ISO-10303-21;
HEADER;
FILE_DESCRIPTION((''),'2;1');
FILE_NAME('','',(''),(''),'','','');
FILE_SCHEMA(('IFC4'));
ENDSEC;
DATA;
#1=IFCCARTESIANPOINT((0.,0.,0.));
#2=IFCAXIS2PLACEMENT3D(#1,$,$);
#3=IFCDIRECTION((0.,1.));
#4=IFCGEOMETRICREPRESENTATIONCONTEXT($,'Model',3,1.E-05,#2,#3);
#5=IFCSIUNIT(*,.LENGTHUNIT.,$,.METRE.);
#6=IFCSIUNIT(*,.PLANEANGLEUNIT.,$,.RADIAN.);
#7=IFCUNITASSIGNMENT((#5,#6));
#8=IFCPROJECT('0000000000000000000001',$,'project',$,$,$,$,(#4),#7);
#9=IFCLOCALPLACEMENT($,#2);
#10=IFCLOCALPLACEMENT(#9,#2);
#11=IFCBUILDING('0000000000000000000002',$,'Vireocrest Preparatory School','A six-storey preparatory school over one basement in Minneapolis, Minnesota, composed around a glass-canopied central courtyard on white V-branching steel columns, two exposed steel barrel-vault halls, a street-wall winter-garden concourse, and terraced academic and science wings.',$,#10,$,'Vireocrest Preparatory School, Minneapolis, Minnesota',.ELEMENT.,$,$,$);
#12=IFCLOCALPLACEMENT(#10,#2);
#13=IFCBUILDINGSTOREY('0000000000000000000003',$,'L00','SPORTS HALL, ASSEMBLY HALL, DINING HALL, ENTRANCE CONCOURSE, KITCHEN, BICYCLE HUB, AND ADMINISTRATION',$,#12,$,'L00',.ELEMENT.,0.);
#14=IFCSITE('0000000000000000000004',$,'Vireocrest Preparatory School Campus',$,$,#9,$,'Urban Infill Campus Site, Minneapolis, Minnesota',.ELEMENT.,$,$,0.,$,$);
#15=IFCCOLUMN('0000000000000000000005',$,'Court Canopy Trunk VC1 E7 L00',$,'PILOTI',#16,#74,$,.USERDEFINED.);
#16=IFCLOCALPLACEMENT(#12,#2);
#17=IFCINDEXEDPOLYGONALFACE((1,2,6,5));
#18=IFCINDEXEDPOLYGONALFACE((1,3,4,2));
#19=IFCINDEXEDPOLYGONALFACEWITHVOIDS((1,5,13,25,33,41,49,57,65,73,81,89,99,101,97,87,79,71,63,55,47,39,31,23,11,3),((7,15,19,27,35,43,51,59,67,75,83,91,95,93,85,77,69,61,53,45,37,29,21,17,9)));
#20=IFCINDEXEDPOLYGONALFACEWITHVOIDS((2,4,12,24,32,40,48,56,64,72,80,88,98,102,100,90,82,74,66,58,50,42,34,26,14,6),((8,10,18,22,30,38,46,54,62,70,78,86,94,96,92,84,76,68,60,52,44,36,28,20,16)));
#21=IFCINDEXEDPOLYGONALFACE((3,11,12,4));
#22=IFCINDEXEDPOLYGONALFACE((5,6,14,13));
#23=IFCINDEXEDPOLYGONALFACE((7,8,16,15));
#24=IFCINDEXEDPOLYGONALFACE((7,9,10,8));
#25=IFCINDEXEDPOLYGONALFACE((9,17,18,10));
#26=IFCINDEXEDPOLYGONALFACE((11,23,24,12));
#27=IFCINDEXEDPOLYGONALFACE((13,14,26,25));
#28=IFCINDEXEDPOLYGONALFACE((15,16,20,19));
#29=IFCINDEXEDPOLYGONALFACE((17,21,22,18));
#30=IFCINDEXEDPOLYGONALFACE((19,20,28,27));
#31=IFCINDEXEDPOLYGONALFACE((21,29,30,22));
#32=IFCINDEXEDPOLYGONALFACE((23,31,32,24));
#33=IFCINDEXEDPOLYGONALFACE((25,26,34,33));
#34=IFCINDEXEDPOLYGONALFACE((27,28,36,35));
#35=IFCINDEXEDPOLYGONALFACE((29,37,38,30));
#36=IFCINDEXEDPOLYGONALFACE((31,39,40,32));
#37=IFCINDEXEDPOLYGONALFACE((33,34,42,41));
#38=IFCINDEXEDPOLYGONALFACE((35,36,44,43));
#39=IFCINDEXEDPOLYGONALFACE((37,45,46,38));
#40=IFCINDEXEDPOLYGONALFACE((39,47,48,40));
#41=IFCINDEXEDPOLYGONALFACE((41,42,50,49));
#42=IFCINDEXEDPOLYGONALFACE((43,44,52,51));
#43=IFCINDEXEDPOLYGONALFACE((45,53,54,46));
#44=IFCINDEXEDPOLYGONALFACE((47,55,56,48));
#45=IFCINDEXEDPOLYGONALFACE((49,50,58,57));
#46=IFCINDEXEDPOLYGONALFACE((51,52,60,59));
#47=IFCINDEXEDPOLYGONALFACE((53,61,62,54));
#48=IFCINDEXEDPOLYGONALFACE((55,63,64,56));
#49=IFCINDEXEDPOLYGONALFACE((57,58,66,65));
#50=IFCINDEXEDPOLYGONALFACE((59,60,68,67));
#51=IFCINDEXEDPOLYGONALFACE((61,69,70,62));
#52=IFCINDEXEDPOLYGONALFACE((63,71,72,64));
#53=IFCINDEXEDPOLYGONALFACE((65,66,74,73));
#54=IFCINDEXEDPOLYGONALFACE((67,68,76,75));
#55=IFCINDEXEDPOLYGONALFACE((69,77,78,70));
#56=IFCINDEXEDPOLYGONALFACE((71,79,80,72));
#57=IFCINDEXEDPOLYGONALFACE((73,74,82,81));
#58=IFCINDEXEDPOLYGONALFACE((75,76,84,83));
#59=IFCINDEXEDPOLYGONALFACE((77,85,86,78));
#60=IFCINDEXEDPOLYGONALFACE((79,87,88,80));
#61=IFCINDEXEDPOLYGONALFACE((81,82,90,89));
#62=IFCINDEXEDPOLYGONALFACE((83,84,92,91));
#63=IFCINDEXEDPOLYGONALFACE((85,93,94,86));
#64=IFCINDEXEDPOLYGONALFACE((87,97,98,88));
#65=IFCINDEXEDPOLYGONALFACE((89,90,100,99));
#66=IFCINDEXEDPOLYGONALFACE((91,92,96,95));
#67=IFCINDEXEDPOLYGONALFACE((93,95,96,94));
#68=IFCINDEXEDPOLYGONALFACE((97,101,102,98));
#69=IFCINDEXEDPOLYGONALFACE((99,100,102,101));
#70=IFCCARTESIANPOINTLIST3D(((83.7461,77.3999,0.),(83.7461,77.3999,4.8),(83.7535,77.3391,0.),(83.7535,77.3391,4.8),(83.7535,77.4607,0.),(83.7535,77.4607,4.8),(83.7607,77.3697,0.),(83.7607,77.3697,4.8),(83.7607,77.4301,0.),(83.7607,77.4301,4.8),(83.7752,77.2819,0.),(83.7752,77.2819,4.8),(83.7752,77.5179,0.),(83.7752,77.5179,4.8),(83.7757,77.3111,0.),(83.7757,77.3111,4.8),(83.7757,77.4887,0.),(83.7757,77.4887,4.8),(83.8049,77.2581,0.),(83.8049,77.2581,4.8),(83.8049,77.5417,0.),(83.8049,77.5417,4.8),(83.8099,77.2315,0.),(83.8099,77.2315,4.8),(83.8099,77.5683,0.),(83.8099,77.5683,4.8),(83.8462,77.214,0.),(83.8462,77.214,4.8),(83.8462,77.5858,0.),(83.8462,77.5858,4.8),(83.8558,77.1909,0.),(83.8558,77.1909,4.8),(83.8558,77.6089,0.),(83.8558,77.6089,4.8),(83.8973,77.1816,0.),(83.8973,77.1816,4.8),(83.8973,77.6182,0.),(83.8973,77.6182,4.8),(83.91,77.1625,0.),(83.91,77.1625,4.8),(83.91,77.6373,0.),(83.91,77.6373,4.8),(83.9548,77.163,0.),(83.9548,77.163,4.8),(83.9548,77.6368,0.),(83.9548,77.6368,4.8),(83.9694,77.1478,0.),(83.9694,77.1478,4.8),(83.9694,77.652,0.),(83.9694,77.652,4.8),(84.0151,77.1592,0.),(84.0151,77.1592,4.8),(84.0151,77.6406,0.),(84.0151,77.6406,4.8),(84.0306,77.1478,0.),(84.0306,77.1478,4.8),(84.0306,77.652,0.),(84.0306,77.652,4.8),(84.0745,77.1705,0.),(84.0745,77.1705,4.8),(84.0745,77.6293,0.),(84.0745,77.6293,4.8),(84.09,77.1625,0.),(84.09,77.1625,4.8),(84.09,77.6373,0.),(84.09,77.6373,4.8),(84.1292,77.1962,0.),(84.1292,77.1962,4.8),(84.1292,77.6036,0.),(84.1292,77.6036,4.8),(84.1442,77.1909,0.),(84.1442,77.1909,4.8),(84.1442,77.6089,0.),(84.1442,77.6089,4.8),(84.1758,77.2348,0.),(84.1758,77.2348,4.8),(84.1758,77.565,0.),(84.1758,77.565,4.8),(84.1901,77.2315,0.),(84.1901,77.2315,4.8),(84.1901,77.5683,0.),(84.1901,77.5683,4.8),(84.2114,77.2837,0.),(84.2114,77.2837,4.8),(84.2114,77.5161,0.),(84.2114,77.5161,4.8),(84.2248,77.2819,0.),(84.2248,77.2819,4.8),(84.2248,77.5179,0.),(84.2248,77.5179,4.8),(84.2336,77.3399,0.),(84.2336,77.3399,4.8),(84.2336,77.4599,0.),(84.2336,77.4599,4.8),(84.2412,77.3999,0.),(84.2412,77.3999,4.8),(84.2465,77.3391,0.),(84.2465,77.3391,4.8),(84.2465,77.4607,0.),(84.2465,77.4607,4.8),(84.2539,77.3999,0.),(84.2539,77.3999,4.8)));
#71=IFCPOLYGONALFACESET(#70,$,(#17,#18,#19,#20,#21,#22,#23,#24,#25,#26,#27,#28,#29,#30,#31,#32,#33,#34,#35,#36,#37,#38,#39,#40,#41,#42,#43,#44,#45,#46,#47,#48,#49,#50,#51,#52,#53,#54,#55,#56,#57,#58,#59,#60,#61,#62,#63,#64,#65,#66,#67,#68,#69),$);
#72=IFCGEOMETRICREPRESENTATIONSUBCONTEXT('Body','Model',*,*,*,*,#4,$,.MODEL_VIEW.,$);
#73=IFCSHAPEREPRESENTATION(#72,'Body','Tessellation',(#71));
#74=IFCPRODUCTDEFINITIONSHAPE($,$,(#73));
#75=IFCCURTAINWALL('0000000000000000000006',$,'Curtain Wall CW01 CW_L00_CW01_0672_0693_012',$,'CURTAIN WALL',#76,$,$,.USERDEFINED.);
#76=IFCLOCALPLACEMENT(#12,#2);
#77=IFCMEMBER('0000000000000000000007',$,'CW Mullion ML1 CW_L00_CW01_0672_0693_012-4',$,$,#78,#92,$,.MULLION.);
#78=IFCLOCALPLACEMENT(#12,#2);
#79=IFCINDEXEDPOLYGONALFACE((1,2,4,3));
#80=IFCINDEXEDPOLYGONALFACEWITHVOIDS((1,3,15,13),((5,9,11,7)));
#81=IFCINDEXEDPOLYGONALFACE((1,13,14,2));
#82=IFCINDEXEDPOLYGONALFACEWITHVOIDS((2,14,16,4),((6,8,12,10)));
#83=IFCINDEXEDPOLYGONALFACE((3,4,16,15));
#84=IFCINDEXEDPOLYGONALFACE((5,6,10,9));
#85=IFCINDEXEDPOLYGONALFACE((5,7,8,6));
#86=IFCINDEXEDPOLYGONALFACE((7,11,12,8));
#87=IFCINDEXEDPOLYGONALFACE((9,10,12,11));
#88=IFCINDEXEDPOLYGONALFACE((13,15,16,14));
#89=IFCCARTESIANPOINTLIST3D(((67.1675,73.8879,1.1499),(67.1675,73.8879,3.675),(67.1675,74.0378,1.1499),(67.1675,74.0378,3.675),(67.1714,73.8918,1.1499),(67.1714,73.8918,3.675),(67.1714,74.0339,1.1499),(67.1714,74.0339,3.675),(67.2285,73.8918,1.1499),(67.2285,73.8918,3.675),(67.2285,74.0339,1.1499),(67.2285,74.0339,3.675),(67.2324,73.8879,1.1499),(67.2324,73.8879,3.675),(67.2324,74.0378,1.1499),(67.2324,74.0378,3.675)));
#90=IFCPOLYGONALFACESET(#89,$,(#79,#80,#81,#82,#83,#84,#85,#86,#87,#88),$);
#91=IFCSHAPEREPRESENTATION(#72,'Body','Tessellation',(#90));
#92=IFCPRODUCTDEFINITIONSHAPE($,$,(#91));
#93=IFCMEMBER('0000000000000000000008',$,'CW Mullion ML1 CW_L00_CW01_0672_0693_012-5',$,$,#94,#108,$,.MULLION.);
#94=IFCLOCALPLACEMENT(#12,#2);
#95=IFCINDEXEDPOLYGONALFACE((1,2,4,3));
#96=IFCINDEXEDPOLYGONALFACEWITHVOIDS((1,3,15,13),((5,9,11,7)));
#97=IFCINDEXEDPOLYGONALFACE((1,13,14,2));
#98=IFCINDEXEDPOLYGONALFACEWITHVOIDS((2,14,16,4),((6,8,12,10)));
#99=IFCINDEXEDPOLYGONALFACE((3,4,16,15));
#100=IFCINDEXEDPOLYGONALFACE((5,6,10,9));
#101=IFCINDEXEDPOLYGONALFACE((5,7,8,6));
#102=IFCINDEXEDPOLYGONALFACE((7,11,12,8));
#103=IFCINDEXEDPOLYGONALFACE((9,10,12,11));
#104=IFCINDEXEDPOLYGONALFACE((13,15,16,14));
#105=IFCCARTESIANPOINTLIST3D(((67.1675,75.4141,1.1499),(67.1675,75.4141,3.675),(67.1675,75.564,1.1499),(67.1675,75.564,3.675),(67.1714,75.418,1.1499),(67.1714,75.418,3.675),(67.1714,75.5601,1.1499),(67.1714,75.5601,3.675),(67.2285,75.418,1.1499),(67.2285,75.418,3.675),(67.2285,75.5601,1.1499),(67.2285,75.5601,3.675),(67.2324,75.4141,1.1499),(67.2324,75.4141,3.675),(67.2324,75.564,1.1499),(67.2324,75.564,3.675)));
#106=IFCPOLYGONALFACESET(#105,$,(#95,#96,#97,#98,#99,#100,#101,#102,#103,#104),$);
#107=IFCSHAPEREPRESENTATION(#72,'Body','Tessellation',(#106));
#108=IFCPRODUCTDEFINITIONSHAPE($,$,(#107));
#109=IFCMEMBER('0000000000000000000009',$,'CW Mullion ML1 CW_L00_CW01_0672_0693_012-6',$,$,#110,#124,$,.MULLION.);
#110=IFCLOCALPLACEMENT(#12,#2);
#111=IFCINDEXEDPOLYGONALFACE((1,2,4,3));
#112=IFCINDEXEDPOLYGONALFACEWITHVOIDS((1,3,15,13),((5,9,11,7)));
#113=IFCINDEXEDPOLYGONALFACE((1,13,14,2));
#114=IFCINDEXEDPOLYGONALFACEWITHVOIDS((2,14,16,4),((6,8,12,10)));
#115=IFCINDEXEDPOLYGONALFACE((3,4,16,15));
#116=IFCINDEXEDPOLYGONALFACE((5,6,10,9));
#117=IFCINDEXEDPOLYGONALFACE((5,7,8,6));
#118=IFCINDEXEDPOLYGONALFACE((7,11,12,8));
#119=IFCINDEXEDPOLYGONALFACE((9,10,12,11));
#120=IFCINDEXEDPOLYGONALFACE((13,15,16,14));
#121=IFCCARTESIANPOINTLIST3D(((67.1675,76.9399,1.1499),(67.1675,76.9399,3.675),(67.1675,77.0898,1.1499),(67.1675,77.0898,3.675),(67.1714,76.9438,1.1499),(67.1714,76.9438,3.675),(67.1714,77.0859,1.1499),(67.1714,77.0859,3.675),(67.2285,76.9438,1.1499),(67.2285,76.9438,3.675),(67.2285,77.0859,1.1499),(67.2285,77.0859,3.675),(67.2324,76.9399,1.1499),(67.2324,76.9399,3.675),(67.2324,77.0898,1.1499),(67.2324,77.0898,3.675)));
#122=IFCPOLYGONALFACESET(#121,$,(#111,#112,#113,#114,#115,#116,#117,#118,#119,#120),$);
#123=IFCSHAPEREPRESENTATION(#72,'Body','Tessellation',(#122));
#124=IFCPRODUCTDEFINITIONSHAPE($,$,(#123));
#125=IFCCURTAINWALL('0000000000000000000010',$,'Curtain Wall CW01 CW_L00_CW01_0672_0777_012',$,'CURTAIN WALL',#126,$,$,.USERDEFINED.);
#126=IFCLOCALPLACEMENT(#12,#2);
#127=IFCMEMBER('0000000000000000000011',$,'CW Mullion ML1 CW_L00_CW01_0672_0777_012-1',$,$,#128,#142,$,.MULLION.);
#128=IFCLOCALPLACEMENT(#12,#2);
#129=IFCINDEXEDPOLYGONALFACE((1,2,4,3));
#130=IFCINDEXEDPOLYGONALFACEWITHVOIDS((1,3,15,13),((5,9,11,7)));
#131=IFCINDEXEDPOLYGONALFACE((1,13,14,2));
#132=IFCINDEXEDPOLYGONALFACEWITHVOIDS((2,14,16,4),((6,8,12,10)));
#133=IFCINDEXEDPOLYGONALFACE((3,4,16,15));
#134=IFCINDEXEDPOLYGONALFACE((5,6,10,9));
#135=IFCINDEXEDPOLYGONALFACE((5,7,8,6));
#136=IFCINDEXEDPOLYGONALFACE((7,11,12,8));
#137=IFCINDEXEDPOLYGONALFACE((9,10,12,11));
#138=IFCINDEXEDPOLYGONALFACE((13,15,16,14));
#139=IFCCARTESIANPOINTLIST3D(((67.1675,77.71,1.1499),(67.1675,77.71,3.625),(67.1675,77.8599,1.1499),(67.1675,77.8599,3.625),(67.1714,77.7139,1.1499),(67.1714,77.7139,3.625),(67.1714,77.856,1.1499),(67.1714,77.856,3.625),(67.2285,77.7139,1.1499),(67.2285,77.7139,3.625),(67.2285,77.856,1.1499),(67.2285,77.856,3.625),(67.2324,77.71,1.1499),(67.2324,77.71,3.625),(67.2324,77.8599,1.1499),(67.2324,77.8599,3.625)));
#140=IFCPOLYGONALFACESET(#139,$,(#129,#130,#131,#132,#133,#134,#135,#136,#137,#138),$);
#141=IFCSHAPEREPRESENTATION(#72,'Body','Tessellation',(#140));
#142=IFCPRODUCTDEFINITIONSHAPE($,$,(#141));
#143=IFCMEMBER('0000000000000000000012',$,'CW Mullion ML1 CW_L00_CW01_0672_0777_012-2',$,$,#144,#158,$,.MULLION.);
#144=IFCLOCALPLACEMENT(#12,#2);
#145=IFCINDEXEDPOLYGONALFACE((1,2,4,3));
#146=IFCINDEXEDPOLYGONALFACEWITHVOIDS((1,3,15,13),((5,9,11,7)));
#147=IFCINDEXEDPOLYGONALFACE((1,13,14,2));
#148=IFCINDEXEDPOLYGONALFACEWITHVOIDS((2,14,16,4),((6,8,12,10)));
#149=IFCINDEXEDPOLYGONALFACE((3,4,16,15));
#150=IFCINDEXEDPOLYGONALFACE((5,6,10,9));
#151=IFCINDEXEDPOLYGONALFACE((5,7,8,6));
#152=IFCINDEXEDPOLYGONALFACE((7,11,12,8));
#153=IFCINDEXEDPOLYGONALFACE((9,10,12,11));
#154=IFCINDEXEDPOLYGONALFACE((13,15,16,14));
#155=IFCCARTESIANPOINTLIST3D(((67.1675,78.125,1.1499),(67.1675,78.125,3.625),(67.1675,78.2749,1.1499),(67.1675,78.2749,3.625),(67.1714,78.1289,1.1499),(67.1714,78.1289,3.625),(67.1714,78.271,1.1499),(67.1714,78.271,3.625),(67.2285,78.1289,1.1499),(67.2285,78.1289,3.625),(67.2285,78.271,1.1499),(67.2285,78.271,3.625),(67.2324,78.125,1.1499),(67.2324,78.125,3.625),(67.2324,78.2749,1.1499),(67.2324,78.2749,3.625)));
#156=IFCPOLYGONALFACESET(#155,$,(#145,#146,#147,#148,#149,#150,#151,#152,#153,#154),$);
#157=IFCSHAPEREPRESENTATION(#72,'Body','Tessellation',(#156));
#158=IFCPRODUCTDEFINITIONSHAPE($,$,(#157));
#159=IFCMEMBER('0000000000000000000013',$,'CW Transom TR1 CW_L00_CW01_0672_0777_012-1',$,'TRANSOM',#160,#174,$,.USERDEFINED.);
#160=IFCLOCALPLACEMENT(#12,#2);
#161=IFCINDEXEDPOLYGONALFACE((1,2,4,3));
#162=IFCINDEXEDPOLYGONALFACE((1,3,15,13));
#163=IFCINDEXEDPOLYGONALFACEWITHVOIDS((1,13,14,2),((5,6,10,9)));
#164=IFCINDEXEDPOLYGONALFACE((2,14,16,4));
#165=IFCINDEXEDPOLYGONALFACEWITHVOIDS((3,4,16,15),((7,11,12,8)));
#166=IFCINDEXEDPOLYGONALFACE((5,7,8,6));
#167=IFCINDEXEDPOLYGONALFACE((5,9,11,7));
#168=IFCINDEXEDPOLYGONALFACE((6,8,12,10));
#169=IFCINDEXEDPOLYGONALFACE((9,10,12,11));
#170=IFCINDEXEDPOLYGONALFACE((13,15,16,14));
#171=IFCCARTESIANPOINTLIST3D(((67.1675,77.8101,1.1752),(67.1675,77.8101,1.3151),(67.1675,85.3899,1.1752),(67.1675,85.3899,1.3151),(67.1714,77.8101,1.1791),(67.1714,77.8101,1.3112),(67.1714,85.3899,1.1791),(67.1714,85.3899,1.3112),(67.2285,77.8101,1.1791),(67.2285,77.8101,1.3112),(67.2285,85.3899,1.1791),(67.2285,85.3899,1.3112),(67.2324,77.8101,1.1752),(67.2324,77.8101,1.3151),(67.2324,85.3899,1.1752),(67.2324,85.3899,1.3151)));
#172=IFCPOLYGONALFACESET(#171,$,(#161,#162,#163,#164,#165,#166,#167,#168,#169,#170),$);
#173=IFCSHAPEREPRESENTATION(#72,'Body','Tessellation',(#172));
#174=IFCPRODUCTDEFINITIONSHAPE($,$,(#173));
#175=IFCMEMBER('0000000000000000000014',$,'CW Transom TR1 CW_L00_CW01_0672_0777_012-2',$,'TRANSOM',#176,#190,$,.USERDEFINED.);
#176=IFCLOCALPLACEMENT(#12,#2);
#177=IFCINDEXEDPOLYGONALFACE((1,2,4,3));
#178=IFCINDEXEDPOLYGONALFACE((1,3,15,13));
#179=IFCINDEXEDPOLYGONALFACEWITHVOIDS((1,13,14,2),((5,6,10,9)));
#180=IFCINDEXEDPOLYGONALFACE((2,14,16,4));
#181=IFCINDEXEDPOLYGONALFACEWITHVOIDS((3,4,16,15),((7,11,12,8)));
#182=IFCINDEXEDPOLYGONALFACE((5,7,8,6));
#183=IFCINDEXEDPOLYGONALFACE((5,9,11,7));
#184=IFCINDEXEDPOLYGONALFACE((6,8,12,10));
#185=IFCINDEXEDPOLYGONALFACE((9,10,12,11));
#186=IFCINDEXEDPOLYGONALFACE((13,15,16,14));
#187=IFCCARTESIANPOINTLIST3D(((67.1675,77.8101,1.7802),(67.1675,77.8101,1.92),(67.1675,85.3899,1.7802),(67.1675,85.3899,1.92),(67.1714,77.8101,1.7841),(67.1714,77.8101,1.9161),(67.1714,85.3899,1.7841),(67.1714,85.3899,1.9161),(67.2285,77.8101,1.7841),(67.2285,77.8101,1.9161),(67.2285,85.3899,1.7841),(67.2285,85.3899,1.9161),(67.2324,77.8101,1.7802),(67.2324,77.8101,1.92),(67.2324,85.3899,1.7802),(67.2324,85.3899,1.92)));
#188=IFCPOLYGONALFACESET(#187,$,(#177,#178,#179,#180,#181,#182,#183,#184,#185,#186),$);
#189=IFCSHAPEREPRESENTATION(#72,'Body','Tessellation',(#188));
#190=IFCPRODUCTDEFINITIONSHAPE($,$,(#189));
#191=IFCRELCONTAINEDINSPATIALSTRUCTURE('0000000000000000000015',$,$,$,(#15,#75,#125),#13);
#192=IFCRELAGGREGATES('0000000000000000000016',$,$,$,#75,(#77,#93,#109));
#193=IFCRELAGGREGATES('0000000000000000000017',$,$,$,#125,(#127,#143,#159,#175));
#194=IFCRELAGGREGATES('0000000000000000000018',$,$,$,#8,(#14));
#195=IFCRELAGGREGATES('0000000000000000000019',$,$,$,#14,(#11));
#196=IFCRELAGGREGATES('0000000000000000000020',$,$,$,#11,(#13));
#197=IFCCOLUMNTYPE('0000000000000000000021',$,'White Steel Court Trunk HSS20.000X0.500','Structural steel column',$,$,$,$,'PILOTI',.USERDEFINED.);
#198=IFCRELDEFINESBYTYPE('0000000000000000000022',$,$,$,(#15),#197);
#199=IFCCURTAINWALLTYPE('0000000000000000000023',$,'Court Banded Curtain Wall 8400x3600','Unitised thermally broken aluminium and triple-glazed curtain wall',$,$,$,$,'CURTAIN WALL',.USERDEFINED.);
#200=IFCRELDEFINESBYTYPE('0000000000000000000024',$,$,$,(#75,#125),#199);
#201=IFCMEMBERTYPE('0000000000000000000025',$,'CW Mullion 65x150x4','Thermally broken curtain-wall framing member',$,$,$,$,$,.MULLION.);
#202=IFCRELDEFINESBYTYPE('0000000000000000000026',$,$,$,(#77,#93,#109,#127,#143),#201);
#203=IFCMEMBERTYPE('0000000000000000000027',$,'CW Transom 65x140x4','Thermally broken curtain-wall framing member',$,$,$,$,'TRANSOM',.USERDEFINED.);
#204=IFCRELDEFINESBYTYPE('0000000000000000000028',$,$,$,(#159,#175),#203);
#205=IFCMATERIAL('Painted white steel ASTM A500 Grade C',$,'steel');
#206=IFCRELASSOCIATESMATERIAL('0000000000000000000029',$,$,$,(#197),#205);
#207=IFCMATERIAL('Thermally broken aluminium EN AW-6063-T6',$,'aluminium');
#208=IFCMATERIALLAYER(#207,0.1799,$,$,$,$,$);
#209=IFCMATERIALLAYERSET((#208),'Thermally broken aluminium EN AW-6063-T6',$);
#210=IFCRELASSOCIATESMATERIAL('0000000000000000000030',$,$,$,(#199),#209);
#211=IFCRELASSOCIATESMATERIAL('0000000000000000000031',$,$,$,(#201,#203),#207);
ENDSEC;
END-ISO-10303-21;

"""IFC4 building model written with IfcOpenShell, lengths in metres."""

from ifc_helpers import new_model, si_unit, direction, frame, origin, origin_2d, place, context, subcontext, project, spatial, hollow_rectangle, hollow_circle, extrude, material, layer, layer_set, material_profile, profile_set, type_object, element, aggregate, save


model = new_model("IFC4")

# Units and contexts
model_context = context("Model", 3, precision=1e-05, world=origin(), true_north=direction((0.0, 1.0)))
body_context = subcontext(model_context, "Body", "Model", "MODEL_VIEW")
ifc_project = project(units=[si_unit("LENGTHUNIT", "METRE"), si_unit("PLANEANGLEUNIT", "RADIAN")], contexts=[model_context])

# Site, building, storey
site_placement = place(None, origin())
site = spatial("IfcSite", under=ifc_project, at=site_placement, Name="Vireocrest Preparatory School Campus", LongName="Urban Infill Campus Site, Minneapolis, Minnesota", CompositionType="ELEMENT", RefElevation=0.0)
building_placement = place(site_placement, origin())
building = spatial("IfcBuilding", under=site, at=building_placement, Name="Vireocrest Preparatory School", Description="A six-storey preparatory school over one basement in Minneapolis, Minnesota, composed around a glass-canopied central courtyard on white V-branching steel columns, two exposed steel barrel-vault halls, a street-wall winter-garden concourse, and terraced academic and science wings.", LongName="Vireocrest Preparatory School, Minneapolis, Minnesota", CompositionType="ELEMENT")
storey_placement = place(building_placement, origin())
storey = spatial("IfcBuildingStorey", under=building, at=storey_placement, Name="L00", Description="SPORTS HALL, ASSEMBLY HALL, DINING HALL, ENTRANCE CONCOURSE, KITCHEN, BICYCLE HUB, AND ADMINISTRATION", LongName="L00", CompositionType="ELEMENT", Elevation=0.0)

# Column
ifc_material_1 = material(Name="Painted white steel ASTM A500 Grade C", Category="steel")
ifc_material_profile_1 = material_profile(ifc_material_1, hollow_circle(Radius=0.2539, WallThickness=0.0127, at=origin_2d()), Name="HSS20.000X0.500")
ifc_profile_set_1 = profile_set([ifc_material_profile_1], Name="Painted white steel ASTM A500 Grade C")
column_type_1 = type_object("IfcColumnType", Name="White Steel Court Trunk HSS20.000X0.500", Description="Structural steel column", ElementType="PILOTI", PredefinedType="USERDEFINED", material=ifc_profile_set_1)
for number, where, z_axis, x_axis, name in (
    (1, (84.0, 77.3999, 0.0), (0.0, 0.0, 1.0), (1.0, 0.0, 0.0), "Court Canopy Trunk VC1 E7 L00"),
):
    element("IfcColumn", number, at=place(storey_placement, frame(where, z_axis=z_axis, x_axis=x_axis)), inside=storey, type_object=column_type_1, Name=name, ObjectType="PILOTI", PredefinedType="USERDEFINED", context=body_context, shape_type="SweptSolid", body=[
        extrude(hollow_circle(Radius=0.2539, WallThickness=0.0127, at=origin_2d()), origin(), (0.0, 0.0, 1.0), 4.8),
    ])

# Curtain walls, members
ifc_material_2 = material(Name="Thermally broken aluminium EN AW-6063-T6", Category="aluminium")
ifc_layer_1 = layer(ifc_material_2, 0.1799)
ifc_layer_set_1 = layer_set([ifc_layer_1], Name="Thermally broken aluminium EN AW-6063-T6")
curtain_wall_type = type_object("IfcCurtainWallType", Name="Court Banded Curtain Wall 8400x3600", Description="Unitised thermally broken aluminium and triple-glazed curtain wall", ElementType="CURTAIN WALL", PredefinedType="USERDEFINED", material=ifc_layer_set_1)
curtain_wall_1_placement = place(storey_placement, origin())
curtain_wall_1 = element("IfcCurtainWall", 2, at=curtain_wall_1_placement, inside=storey, type_object=curtain_wall_type, Name="Curtain Wall CW01 CW_L00_CW01_0672_0693_012", ObjectType="CURTAIN WALL", PredefinedType="USERDEFINED")
ifc_material_profile_2 = material_profile(ifc_material_2, hollow_rectangle(XDim=0.0649, YDim=0.1499, WallThickness=0.0039, at=origin_2d()), Name="ALU 65x150x4")
ifc_profile_set_2 = profile_set([ifc_material_profile_2], Name="Thermally broken aluminium EN AW-6063-T6")
member_type_1 = type_object("IfcMemberType", Name="CW Mullion 65x150x4", Description="Thermally broken curtain-wall framing member", PredefinedType="MULLION", material=ifc_profile_set_2)
member_1_placement = place(storey_placement, frame((67.2, 73.9629, 1.1499), z_axis=(0.0, 0.0, 1.0), x_axis=(1.0, 0.0, 0.0)))
member_1 = element("IfcMember", 3, at=member_1_placement, type_object=member_type_1, Name="CW Mullion ML1 CW_L00_CW01_0672_0693_012-4", PredefinedType="MULLION", context=body_context, shape_type="SweptSolid", body=[
    extrude(hollow_rectangle(XDim=0.0649, YDim=0.1499, WallThickness=0.0039, at=origin_2d()), origin(), (0.0, 0.0, 1.0), 2.5251),
])
member_2_placement = place(storey_placement, frame((67.2, 75.489, 1.1499), z_axis=(0.0, 0.0, 1.0), x_axis=(1.0, 0.0, 0.0)))
member_2 = element("IfcMember", 4, at=member_2_placement, type_object=member_type_1, Name="CW Mullion ML1 CW_L00_CW01_0672_0693_012-5", PredefinedType="MULLION", context=body_context, shape_type="SweptSolid", body=[
    extrude(hollow_rectangle(XDim=0.0649, YDim=0.1499, WallThickness=0.0039, at=origin_2d()), origin(), (0.0, 0.0, 1.0), 2.5251),
])
member_3_placement = place(storey_placement, frame((67.2, 77.0149, 1.1499), z_axis=(0.0, 0.0, 1.0), x_axis=(1.0, 0.0, 0.0)))
member_3 = element("IfcMember", 5, at=member_3_placement, type_object=member_type_1, Name="CW Mullion ML1 CW_L00_CW01_0672_0693_012-6", PredefinedType="MULLION", context=body_context, shape_type="SweptSolid", body=[
    extrude(hollow_rectangle(XDim=0.0649, YDim=0.1499, WallThickness=0.0039, at=origin_2d()), origin(), (0.0, 0.0, 1.0), 2.5251),
])
curtain_wall_2_placement = place(storey_placement, origin())
curtain_wall_2 = element("IfcCurtainWall", 6, at=curtain_wall_2_placement, inside=storey, type_object=curtain_wall_type, Name="Curtain Wall CW01 CW_L00_CW01_0672_0777_012", ObjectType="CURTAIN WALL", PredefinedType="USERDEFINED")
member_4_placement = place(storey_placement, frame((67.2, 77.7849, 1.1499), z_axis=(0.0, 0.0, 1.0), x_axis=(1.0, 0.0, 0.0)))
member_4 = element("IfcMember", 7, at=member_4_placement, type_object=member_type_1, Name="CW Mullion ML1 CW_L00_CW01_0672_0777_012-1", PredefinedType="MULLION", context=body_context, shape_type="SweptSolid", body=[
    extrude(hollow_rectangle(XDim=0.0649, YDim=0.1499, WallThickness=0.0039, at=origin_2d()), origin(), (0.0, 0.0, 1.0), 2.4751),
])
member_5_placement = place(storey_placement, frame((67.2, 78.2, 1.1499), z_axis=(0.0, 0.0, 1.0), x_axis=(1.0, 0.0, 0.0)))
member_5 = element("IfcMember", 8, at=member_5_placement, type_object=member_type_1, Name="CW Mullion ML1 CW_L00_CW01_0672_0777_012-2", PredefinedType="MULLION", context=body_context, shape_type="SweptSolid", body=[
    extrude(hollow_rectangle(XDim=0.0649, YDim=0.1499, WallThickness=0.0039, at=origin_2d()), origin(), (0.0, 0.0, 1.0), 2.4751),
])
ifc_material_profile_3 = material_profile(ifc_material_2, hollow_rectangle(XDim=0.0649, YDim=0.1399, WallThickness=0.0039, at=origin_2d()), Name="ALU 65x140x4")
ifc_profile_set_3 = profile_set([ifc_material_profile_3], Name="Thermally broken aluminium EN AW-6063-T6")
member_type_2 = type_object("IfcMemberType", Name="CW Transom 65x140x4", Description="Thermally broken curtain-wall framing member", ElementType="TRANSOM", PredefinedType="USERDEFINED", material=ifc_profile_set_3)
member_6_placement = place(storey_placement, frame((67.2, 77.8101, 1.2451), z_axis=(0.0, 1.0, 0.0), x_axis=(-1.0, 0.0, 0.0)))
member_6 = element("IfcMember", 9, at=member_6_placement, type_object=member_type_2, Name="CW Transom TR1 CW_L00_CW01_0672_0777_012-1", ObjectType="TRANSOM", PredefinedType="USERDEFINED", context=body_context, shape_type="SweptSolid", body=[
    extrude(hollow_rectangle(XDim=0.0649, YDim=0.1399, WallThickness=0.0039, at=origin_2d()), origin(), (0.0, 0.0, 1.0), 7.5798),
])
member_7_placement = place(storey_placement, frame((67.2, 77.8101, 1.8501), z_axis=(0.0, 1.0, 0.0), x_axis=(-1.0, 0.0, 0.0)))
member_7 = element("IfcMember", 10, at=member_7_placement, type_object=member_type_2, Name="CW Transom TR1 CW_L00_CW01_0672_0777_012-2", ObjectType="TRANSOM", PredefinedType="USERDEFINED", context=body_context, shape_type="SweptSolid", body=[
    extrude(hollow_rectangle(XDim=0.0649, YDim=0.1399, WallThickness=0.0039, at=origin_2d()), origin(), (0.0, 0.0, 1.0), 7.5798),
])

aggregate(curtain_wall_1, [member_1, member_2, member_3])
aggregate(curtain_wall_2, [member_4, member_5, member_6, member_7])

save(model, "model.ifc")
